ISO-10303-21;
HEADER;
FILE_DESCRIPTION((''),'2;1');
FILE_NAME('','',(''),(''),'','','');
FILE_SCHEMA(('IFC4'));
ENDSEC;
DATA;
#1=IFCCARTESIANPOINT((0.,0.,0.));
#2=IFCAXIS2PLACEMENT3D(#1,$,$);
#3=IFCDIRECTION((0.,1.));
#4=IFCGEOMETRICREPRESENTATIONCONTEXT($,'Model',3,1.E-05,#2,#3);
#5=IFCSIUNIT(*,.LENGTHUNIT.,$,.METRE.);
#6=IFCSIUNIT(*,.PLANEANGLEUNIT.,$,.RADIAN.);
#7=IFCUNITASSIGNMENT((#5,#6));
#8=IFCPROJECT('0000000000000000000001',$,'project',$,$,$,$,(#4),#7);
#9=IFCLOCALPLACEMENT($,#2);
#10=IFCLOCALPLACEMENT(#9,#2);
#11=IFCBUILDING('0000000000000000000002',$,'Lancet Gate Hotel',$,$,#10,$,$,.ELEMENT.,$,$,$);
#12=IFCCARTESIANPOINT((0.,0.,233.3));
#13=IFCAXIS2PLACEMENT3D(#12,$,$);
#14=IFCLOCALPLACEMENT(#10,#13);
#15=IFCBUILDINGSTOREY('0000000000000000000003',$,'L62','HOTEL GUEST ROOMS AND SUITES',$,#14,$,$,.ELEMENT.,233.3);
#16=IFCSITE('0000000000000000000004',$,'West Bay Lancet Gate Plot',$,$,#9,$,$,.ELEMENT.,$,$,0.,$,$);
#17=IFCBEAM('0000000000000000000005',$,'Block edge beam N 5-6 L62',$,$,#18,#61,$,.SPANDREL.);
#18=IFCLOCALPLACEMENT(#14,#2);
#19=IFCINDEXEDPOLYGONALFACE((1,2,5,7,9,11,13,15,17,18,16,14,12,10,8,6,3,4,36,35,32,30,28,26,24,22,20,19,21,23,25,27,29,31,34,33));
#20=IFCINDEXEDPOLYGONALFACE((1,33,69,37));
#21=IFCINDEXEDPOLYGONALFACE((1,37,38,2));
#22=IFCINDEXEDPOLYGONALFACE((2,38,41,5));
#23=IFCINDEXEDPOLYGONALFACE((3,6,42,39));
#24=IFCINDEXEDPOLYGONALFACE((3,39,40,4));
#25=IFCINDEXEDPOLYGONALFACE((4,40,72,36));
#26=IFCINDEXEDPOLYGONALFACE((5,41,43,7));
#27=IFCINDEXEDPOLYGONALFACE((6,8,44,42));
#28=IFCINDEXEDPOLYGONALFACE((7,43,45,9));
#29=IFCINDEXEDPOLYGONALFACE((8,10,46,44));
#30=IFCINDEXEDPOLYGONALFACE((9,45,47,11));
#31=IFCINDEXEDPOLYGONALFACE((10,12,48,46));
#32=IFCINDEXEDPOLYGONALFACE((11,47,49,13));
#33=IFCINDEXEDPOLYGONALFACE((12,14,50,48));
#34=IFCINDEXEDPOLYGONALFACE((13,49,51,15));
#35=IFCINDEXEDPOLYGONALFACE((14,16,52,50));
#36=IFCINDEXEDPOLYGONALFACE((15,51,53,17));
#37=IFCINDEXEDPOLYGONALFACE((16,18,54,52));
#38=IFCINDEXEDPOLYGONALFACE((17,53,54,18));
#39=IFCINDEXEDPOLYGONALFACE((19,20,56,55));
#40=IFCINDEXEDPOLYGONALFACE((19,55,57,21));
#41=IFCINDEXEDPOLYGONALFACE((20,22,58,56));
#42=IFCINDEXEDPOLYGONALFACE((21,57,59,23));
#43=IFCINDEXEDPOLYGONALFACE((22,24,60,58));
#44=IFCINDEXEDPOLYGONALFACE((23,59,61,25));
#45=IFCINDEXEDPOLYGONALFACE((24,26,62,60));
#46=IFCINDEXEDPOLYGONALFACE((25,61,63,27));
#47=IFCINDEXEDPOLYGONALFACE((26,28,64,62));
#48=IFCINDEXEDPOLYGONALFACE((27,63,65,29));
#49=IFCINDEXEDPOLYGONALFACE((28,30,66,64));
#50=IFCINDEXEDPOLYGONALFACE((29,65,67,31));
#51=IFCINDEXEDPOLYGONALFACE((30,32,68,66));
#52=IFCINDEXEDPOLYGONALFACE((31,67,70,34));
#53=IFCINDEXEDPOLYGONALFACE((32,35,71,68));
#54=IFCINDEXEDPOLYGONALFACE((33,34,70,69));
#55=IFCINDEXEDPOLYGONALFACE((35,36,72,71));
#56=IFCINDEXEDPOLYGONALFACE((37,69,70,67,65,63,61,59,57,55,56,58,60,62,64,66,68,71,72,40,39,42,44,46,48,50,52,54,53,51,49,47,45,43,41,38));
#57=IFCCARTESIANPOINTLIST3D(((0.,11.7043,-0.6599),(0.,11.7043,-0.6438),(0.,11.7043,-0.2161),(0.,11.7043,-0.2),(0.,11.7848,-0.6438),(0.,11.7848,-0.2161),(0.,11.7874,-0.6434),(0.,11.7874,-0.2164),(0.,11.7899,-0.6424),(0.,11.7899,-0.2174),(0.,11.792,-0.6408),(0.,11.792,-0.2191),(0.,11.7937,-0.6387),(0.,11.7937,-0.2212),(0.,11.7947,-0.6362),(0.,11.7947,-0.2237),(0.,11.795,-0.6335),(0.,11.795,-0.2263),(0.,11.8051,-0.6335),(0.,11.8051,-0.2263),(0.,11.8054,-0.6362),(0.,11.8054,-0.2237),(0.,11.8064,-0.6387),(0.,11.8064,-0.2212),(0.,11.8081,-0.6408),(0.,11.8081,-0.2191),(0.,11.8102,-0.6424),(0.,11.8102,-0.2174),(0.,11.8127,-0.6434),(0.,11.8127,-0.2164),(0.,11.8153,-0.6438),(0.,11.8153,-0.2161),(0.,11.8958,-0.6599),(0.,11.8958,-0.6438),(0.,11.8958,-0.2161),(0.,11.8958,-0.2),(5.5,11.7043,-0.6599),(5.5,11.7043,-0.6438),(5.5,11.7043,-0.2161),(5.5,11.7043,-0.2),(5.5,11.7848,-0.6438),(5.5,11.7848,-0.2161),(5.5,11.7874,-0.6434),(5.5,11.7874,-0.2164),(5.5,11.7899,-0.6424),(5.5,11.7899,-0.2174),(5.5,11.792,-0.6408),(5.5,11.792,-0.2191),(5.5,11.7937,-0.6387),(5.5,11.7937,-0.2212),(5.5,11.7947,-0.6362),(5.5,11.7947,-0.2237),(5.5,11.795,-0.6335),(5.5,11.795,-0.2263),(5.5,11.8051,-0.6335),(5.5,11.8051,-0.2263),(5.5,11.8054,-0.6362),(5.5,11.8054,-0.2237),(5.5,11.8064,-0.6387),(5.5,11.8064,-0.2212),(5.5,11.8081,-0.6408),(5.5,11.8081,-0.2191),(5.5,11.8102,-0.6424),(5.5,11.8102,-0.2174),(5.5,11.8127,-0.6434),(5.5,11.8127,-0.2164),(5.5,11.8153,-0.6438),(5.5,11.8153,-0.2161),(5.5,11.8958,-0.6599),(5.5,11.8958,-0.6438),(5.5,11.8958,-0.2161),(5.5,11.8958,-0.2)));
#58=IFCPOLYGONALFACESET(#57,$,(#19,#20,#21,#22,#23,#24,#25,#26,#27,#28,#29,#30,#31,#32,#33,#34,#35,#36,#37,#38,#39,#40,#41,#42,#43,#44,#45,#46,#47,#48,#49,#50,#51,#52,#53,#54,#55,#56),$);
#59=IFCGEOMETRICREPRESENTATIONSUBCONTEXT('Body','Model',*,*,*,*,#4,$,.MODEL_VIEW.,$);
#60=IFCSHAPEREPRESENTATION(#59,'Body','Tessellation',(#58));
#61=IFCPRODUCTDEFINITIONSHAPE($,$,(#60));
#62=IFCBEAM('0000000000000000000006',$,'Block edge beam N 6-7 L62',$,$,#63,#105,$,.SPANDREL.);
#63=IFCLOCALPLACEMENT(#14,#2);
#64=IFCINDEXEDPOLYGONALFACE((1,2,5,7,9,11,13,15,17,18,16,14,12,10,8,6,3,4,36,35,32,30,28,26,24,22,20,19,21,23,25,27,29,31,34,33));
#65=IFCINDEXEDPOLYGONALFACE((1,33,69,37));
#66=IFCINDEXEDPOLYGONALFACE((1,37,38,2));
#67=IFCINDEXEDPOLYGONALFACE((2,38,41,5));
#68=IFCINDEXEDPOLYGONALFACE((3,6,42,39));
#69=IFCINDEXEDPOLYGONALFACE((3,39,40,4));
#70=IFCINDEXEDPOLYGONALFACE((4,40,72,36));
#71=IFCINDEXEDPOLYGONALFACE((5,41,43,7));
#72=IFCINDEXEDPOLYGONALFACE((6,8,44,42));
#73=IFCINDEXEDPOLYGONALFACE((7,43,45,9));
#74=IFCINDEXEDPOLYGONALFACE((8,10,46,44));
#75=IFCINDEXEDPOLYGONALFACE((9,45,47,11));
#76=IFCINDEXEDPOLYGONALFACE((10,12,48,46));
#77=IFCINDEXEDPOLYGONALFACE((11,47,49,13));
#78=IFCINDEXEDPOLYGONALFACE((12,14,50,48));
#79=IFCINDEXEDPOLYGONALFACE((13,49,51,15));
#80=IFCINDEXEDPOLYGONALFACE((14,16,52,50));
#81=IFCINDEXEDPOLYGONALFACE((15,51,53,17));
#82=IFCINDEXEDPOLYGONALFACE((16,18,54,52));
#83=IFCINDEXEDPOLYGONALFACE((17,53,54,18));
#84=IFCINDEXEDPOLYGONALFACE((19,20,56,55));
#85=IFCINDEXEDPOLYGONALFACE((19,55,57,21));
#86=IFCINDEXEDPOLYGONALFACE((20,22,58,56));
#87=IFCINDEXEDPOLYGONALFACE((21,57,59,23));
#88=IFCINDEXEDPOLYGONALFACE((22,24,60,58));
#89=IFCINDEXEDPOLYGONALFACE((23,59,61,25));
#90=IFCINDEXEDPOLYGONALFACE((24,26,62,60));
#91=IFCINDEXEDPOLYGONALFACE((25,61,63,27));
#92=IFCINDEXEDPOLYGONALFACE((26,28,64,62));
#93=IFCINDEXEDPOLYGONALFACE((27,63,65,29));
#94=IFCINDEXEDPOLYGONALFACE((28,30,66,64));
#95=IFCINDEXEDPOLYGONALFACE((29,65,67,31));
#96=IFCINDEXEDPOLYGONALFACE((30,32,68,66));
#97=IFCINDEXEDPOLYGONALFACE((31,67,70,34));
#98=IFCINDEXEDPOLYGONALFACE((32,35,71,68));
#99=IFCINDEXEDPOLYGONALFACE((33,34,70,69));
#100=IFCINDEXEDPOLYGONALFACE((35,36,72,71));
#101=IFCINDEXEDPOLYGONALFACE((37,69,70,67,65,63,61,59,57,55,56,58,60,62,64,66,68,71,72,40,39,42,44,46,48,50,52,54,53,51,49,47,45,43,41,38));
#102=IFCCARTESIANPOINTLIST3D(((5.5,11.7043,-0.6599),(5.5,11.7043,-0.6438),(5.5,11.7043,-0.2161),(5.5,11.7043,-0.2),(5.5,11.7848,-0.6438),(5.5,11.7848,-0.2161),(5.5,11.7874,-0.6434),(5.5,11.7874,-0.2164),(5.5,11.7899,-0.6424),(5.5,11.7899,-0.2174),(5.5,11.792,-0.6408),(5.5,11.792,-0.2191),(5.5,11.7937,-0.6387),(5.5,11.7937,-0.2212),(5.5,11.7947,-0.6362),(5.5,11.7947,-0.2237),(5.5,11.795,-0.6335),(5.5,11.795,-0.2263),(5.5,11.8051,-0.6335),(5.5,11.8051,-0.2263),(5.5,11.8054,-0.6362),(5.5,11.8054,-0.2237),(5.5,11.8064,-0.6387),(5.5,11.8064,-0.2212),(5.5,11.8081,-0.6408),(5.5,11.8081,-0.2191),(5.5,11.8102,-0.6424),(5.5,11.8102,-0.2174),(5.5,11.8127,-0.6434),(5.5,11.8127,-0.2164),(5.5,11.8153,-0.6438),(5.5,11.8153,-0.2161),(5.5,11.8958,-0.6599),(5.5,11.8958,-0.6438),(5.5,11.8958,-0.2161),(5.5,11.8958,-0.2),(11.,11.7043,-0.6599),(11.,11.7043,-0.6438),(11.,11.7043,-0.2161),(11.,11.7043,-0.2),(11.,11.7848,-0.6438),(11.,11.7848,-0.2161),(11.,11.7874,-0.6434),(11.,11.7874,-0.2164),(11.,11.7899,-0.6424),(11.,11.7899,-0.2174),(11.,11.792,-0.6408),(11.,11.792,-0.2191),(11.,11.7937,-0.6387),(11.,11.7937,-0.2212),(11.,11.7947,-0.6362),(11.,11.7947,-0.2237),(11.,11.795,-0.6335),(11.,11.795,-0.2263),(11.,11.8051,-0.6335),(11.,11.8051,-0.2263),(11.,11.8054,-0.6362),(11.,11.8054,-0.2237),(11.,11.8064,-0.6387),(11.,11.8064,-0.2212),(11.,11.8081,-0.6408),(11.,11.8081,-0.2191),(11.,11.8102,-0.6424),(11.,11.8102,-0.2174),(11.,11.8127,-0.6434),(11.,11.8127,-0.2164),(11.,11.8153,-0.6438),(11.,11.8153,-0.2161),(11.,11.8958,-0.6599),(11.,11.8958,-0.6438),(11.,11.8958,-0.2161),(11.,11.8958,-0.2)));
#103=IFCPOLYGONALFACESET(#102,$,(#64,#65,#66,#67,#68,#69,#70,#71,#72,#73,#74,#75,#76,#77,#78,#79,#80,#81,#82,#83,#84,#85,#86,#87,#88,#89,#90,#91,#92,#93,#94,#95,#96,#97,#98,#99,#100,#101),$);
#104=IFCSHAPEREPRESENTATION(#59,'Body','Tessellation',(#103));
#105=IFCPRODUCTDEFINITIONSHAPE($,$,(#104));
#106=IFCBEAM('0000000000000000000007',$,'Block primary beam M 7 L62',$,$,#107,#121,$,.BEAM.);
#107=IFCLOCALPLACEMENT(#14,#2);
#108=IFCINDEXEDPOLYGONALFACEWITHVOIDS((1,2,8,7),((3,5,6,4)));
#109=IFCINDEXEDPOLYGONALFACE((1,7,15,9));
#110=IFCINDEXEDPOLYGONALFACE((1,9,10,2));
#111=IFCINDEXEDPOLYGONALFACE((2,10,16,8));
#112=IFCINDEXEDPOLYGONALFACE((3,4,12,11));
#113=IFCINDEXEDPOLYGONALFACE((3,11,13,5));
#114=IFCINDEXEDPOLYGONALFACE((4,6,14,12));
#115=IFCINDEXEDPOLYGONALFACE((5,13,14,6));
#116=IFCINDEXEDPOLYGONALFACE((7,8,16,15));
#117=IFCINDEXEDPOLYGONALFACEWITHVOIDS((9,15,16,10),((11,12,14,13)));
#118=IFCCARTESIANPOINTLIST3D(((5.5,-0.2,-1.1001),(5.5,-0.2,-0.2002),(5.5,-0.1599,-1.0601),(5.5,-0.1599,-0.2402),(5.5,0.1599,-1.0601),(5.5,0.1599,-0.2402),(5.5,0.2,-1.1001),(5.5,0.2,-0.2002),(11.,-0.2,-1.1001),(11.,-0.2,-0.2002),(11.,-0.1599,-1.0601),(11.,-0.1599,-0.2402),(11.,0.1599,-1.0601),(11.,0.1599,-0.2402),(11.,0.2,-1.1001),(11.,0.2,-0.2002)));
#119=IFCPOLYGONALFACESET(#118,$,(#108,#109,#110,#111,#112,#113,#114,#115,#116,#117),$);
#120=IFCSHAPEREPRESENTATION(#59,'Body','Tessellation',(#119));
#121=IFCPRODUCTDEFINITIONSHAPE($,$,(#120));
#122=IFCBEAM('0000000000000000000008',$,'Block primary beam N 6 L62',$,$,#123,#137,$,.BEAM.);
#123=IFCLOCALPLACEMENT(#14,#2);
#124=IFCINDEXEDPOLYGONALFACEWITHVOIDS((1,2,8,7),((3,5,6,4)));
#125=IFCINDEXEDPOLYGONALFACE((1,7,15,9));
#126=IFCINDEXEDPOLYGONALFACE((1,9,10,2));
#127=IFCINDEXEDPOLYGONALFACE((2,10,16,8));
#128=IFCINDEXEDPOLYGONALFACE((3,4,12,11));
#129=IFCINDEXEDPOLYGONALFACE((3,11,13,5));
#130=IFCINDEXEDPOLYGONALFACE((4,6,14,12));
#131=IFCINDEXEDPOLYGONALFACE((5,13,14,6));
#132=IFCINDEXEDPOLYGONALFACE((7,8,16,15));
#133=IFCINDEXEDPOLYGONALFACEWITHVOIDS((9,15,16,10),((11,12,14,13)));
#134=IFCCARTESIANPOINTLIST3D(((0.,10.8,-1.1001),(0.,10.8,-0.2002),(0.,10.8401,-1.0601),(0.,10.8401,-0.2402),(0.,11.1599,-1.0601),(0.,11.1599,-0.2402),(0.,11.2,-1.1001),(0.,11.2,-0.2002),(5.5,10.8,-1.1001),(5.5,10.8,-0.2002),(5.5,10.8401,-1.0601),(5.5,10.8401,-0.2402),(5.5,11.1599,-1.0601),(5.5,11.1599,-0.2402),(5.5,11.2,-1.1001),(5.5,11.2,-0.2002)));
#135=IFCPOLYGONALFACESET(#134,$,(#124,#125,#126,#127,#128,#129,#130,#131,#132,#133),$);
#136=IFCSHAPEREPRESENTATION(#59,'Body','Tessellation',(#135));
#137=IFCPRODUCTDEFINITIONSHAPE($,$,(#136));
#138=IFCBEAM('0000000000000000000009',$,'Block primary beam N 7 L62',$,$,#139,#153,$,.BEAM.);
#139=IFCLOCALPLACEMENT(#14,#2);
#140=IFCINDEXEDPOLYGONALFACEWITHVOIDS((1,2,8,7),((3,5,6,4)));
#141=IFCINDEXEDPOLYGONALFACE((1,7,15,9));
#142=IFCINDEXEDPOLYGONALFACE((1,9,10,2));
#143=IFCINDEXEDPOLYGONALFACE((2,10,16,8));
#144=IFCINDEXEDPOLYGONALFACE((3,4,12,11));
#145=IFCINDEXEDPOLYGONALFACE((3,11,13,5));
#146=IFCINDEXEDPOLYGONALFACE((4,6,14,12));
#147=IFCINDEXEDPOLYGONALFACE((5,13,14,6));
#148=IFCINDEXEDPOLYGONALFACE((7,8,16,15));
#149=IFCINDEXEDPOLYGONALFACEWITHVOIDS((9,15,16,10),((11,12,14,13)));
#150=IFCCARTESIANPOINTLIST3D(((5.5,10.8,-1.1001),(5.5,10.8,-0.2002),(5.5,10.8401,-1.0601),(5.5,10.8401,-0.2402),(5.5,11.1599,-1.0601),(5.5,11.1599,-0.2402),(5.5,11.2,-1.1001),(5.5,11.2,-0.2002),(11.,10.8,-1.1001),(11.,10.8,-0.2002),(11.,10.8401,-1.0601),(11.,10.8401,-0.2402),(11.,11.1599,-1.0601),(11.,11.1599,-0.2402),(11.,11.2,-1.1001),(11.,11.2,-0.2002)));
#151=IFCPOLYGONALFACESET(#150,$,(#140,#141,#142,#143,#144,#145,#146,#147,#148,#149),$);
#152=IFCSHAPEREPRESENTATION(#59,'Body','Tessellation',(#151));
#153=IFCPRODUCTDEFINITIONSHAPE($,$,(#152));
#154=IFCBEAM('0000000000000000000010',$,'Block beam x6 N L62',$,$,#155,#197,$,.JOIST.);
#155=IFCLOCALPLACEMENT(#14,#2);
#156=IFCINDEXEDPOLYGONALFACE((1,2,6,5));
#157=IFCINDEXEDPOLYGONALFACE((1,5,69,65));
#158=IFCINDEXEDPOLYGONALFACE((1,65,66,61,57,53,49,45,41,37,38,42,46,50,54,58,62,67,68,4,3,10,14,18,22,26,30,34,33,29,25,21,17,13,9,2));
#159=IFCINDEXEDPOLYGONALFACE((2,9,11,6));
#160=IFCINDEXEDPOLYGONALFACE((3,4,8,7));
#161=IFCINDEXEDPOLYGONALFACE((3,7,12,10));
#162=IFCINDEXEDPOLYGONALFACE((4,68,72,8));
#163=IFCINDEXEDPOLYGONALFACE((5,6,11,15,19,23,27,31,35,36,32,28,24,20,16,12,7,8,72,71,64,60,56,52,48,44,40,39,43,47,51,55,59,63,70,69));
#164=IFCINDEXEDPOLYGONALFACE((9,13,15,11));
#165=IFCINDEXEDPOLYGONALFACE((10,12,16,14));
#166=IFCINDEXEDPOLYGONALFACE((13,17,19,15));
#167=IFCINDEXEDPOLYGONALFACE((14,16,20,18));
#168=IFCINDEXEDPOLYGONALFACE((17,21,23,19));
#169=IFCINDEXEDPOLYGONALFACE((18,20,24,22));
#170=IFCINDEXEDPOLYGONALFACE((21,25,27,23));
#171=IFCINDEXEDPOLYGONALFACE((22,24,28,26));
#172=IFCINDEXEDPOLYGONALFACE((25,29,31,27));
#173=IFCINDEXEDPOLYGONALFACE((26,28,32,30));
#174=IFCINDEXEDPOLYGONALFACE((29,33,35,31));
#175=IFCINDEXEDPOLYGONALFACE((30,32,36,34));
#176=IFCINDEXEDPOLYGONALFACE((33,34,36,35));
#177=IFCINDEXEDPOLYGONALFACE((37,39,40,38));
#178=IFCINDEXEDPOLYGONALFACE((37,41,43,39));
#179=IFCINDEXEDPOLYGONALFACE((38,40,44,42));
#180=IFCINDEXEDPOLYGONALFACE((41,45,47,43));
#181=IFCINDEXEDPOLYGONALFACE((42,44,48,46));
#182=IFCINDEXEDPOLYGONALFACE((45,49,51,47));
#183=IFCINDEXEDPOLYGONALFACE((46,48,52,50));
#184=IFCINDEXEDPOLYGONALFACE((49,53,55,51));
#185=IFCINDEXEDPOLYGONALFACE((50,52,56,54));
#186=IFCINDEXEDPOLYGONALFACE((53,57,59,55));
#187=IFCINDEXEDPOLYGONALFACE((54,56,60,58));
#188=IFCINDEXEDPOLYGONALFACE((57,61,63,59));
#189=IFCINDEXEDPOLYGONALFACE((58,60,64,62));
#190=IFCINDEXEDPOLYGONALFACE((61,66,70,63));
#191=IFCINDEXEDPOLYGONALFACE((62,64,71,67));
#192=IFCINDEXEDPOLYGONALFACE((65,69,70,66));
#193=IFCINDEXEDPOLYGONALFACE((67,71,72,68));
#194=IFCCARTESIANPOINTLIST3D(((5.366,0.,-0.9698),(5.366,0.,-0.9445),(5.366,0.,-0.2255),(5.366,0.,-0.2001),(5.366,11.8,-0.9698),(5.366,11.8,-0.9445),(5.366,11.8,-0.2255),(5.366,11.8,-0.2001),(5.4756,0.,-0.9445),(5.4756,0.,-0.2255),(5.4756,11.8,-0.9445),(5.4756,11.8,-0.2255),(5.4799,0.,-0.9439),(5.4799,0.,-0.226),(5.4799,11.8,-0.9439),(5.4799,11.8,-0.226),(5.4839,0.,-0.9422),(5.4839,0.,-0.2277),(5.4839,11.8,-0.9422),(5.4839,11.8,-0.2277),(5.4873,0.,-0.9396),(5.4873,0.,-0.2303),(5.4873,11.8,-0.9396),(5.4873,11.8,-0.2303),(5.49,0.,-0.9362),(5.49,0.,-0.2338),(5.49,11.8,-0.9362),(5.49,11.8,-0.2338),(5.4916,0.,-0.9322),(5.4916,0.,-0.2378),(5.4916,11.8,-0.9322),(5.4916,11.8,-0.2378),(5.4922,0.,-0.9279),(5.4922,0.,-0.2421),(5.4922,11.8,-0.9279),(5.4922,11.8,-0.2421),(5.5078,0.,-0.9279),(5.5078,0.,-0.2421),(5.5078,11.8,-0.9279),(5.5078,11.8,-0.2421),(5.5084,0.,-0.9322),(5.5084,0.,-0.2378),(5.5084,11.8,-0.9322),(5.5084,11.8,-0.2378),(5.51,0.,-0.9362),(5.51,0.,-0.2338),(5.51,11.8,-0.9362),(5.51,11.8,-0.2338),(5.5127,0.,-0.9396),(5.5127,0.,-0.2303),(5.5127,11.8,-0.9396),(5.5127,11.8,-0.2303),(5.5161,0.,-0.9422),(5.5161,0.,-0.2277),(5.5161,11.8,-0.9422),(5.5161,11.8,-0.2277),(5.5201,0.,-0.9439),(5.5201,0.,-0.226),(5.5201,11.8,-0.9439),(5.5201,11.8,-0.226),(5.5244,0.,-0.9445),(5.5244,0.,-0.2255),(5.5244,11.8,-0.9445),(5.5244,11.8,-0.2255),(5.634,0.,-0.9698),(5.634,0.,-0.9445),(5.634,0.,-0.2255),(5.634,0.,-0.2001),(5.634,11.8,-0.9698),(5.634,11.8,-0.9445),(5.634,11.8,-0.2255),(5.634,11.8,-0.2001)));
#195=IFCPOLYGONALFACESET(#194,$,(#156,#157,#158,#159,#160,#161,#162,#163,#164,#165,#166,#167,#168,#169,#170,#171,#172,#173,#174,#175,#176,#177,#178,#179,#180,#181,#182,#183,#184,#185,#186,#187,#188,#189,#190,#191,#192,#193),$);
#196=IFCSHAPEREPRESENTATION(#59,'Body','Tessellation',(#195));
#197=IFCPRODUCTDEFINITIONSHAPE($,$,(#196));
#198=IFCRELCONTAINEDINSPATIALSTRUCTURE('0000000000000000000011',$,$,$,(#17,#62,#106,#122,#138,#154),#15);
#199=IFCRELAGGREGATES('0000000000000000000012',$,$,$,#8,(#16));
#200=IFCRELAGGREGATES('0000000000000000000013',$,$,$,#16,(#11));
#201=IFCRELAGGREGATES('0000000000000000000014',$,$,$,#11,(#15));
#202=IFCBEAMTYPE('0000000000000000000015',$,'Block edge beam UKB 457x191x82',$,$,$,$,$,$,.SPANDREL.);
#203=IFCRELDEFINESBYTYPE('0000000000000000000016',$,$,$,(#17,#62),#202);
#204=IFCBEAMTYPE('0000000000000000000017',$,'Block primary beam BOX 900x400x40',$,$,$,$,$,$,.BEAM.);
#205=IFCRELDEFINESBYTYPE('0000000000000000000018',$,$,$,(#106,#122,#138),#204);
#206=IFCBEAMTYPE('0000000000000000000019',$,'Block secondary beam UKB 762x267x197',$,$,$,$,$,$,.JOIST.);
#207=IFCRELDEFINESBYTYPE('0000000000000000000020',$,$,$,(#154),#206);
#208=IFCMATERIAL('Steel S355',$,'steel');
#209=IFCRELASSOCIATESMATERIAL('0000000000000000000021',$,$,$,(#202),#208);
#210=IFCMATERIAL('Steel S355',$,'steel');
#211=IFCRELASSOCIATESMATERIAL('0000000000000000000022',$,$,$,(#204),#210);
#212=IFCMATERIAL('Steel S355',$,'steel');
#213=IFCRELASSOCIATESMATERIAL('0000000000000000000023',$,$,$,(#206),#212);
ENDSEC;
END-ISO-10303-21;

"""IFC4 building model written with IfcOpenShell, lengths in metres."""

from ifc_helpers import new_model, si_unit, direction, frame, origin, origin_2d, place, context, subcontext, project, spatial, hollow_rectangle, i_section, extrude, material, material_profile, profile_set, type_object, element, save


model = new_model("IFC4")

# Units and contexts
model_context = context("Model", 3, precision=1e-05, world=origin(), true_north=direction((0.0, 1.0)))
body_context = subcontext(model_context, "Body", "Model", "MODEL_VIEW")
ifc_project = project(units=[si_unit("LENGTHUNIT", "METRE"), si_unit("PLANEANGLEUNIT", "RADIAN")], contexts=[model_context])

# Site, building, storey
site_placement = place(None, origin())
site = spatial("IfcSite", under=ifc_project, at=site_placement, Name="West Bay Lancet Gate Plot", CompositionType="ELEMENT", RefElevation=0.0)
building_placement = place(site_placement, origin())
building = spatial("IfcBuilding", under=site, at=building_placement, Name="Lancet Gate Hotel", CompositionType="ELEMENT")
storey_placement = place(building_placement, frame((0.0, 0.0, 233.3)))
storey = spatial("IfcBuildingStorey", under=building, at=storey_placement, Name="L62", Description="HOTEL GUEST ROOMS AND SUITES", CompositionType="ELEMENT", Elevation=233.3)

# Beams
ifc_material_1 = material(Name="Steel S355", Category="steel")
ifc_material_profile_1 = material_profile(ifc_material_1, i_section(OverallWidth=0.1914, OverallDepth=0.46, WebThickness=0.01, FlangeThickness=0.0161, FilletRadius=0.0103, at=origin_2d()), Name="UKB 457x191x82")
ifc_profile_set_1 = profile_set([ifc_material_profile_1], Name="Steel S355")
beam_type_1 = type_object("IfcBeamType", Name="Block edge beam UKB 457x191x82", PredefinedType="SPANDREL", material=ifc_profile_set_1)
for number, where, z_axis, x_axis, name in (
    (1, (0.0, 11.8, -0.4299), (1.0, 0.0, 0.0), (0.0, 1.0, 0.0), "Block edge beam N 5-6 L62"),
    (2, (5.5, 11.8, -0.4299), (1.0, 0.0, 0.0), (0.0, 1.0, 0.0), "Block edge beam N 6-7 L62"),
):
    element("IfcBeam", number, at=place(storey_placement, frame(where, z_axis=z_axis, x_axis=x_axis)), inside=storey, type_object=beam_type_1, Name=name, PredefinedType="SPANDREL", context=body_context, shape_type="SweptSolid", body=[
        extrude(i_section(OverallWidth=0.1914, OverallDepth=0.46, WebThickness=0.01, FlangeThickness=0.0161, FilletRadius=0.0103, at=origin_2d()), origin(), (0.0, 0.0, 1.0), 5.5),
    ])
ifc_material_2 = material(Name="Steel S355", Category="steel")
ifc_material_profile_2 = material_profile(ifc_material_2, hollow_rectangle(XDim=0.3999, YDim=0.8999, WallThickness=0.04, at=origin_2d()), Name="BOX 900x400x40")
ifc_profile_set_2 = profile_set([ifc_material_profile_2], Name="Steel S355")
beam_type_2 = type_object("IfcBeamType", Name="Block primary beam BOX 900x400x40", PredefinedType="BEAM", material=ifc_profile_set_2)
for number, where, z_axis, x_axis, name in (
    (3, (5.5, 0.0, -0.6501), (1.0, 0.0, 0.0), (0.0, 1.0, 0.0), "Block primary beam M 7 L62"),
    (4, (0.0, 11.0, -0.6501), (1.0, 0.0, 0.0), (0.0, 1.0, 0.0), "Block primary beam N 6 L62"),
    (5, (5.5, 11.0, -0.6501), (1.0, 0.0, 0.0), (0.0, 1.0, 0.0), "Block primary beam N 7 L62"),
):
    element("IfcBeam", number, at=place(storey_placement, frame(where, z_axis=z_axis, x_axis=x_axis)), inside=storey, type_object=beam_type_2, Name=name, PredefinedType="BEAM", context=body_context, shape_type="SweptSolid", body=[
        extrude(hollow_rectangle(XDim=0.3999, YDim=0.8999, WallThickness=0.04, at=origin_2d()), origin(), (0.0, 0.0, 1.0), 5.5),
    ])
ifc_material_3 = material(Name="Steel S355", Category="steel")
ifc_material_profile_3 = material_profile(ifc_material_3, i_section(OverallWidth=0.2681, OverallDepth=0.7698, WebThickness=0.0156, FlangeThickness=0.0254, FilletRadius=0.0166, at=origin_2d()), Name="UKB 762x267x197")
ifc_profile_set_3 = profile_set([ifc_material_profile_3], Name="Steel S355")
beam_type_3 = type_object("IfcBeamType", Name="Block secondary beam UKB 762x267x197", PredefinedType="JOIST", material=ifc_profile_set_3)
beam_placement = place(storey_placement, frame((5.5, 0.0, -0.585), z_axis=(0.0, 1.0, 0.0), x_axis=(-1.0, 0.0, 0.0)))
element("IfcBeam", 6, at=beam_placement, inside=storey, type_object=beam_type_3, Name="Block beam x6 N L62", PredefinedType="JOIST", context=body_context, shape_type="SweptSolid", body=[
    extrude(i_section(OverallWidth=0.2681, OverallDepth=0.7698, WebThickness=0.0156, FlangeThickness=0.0254, FilletRadius=0.0166, at=origin_2d()), origin(), (0.0, 0.0, 1.0), 11.8),
])

save(model, "model.ifc")
